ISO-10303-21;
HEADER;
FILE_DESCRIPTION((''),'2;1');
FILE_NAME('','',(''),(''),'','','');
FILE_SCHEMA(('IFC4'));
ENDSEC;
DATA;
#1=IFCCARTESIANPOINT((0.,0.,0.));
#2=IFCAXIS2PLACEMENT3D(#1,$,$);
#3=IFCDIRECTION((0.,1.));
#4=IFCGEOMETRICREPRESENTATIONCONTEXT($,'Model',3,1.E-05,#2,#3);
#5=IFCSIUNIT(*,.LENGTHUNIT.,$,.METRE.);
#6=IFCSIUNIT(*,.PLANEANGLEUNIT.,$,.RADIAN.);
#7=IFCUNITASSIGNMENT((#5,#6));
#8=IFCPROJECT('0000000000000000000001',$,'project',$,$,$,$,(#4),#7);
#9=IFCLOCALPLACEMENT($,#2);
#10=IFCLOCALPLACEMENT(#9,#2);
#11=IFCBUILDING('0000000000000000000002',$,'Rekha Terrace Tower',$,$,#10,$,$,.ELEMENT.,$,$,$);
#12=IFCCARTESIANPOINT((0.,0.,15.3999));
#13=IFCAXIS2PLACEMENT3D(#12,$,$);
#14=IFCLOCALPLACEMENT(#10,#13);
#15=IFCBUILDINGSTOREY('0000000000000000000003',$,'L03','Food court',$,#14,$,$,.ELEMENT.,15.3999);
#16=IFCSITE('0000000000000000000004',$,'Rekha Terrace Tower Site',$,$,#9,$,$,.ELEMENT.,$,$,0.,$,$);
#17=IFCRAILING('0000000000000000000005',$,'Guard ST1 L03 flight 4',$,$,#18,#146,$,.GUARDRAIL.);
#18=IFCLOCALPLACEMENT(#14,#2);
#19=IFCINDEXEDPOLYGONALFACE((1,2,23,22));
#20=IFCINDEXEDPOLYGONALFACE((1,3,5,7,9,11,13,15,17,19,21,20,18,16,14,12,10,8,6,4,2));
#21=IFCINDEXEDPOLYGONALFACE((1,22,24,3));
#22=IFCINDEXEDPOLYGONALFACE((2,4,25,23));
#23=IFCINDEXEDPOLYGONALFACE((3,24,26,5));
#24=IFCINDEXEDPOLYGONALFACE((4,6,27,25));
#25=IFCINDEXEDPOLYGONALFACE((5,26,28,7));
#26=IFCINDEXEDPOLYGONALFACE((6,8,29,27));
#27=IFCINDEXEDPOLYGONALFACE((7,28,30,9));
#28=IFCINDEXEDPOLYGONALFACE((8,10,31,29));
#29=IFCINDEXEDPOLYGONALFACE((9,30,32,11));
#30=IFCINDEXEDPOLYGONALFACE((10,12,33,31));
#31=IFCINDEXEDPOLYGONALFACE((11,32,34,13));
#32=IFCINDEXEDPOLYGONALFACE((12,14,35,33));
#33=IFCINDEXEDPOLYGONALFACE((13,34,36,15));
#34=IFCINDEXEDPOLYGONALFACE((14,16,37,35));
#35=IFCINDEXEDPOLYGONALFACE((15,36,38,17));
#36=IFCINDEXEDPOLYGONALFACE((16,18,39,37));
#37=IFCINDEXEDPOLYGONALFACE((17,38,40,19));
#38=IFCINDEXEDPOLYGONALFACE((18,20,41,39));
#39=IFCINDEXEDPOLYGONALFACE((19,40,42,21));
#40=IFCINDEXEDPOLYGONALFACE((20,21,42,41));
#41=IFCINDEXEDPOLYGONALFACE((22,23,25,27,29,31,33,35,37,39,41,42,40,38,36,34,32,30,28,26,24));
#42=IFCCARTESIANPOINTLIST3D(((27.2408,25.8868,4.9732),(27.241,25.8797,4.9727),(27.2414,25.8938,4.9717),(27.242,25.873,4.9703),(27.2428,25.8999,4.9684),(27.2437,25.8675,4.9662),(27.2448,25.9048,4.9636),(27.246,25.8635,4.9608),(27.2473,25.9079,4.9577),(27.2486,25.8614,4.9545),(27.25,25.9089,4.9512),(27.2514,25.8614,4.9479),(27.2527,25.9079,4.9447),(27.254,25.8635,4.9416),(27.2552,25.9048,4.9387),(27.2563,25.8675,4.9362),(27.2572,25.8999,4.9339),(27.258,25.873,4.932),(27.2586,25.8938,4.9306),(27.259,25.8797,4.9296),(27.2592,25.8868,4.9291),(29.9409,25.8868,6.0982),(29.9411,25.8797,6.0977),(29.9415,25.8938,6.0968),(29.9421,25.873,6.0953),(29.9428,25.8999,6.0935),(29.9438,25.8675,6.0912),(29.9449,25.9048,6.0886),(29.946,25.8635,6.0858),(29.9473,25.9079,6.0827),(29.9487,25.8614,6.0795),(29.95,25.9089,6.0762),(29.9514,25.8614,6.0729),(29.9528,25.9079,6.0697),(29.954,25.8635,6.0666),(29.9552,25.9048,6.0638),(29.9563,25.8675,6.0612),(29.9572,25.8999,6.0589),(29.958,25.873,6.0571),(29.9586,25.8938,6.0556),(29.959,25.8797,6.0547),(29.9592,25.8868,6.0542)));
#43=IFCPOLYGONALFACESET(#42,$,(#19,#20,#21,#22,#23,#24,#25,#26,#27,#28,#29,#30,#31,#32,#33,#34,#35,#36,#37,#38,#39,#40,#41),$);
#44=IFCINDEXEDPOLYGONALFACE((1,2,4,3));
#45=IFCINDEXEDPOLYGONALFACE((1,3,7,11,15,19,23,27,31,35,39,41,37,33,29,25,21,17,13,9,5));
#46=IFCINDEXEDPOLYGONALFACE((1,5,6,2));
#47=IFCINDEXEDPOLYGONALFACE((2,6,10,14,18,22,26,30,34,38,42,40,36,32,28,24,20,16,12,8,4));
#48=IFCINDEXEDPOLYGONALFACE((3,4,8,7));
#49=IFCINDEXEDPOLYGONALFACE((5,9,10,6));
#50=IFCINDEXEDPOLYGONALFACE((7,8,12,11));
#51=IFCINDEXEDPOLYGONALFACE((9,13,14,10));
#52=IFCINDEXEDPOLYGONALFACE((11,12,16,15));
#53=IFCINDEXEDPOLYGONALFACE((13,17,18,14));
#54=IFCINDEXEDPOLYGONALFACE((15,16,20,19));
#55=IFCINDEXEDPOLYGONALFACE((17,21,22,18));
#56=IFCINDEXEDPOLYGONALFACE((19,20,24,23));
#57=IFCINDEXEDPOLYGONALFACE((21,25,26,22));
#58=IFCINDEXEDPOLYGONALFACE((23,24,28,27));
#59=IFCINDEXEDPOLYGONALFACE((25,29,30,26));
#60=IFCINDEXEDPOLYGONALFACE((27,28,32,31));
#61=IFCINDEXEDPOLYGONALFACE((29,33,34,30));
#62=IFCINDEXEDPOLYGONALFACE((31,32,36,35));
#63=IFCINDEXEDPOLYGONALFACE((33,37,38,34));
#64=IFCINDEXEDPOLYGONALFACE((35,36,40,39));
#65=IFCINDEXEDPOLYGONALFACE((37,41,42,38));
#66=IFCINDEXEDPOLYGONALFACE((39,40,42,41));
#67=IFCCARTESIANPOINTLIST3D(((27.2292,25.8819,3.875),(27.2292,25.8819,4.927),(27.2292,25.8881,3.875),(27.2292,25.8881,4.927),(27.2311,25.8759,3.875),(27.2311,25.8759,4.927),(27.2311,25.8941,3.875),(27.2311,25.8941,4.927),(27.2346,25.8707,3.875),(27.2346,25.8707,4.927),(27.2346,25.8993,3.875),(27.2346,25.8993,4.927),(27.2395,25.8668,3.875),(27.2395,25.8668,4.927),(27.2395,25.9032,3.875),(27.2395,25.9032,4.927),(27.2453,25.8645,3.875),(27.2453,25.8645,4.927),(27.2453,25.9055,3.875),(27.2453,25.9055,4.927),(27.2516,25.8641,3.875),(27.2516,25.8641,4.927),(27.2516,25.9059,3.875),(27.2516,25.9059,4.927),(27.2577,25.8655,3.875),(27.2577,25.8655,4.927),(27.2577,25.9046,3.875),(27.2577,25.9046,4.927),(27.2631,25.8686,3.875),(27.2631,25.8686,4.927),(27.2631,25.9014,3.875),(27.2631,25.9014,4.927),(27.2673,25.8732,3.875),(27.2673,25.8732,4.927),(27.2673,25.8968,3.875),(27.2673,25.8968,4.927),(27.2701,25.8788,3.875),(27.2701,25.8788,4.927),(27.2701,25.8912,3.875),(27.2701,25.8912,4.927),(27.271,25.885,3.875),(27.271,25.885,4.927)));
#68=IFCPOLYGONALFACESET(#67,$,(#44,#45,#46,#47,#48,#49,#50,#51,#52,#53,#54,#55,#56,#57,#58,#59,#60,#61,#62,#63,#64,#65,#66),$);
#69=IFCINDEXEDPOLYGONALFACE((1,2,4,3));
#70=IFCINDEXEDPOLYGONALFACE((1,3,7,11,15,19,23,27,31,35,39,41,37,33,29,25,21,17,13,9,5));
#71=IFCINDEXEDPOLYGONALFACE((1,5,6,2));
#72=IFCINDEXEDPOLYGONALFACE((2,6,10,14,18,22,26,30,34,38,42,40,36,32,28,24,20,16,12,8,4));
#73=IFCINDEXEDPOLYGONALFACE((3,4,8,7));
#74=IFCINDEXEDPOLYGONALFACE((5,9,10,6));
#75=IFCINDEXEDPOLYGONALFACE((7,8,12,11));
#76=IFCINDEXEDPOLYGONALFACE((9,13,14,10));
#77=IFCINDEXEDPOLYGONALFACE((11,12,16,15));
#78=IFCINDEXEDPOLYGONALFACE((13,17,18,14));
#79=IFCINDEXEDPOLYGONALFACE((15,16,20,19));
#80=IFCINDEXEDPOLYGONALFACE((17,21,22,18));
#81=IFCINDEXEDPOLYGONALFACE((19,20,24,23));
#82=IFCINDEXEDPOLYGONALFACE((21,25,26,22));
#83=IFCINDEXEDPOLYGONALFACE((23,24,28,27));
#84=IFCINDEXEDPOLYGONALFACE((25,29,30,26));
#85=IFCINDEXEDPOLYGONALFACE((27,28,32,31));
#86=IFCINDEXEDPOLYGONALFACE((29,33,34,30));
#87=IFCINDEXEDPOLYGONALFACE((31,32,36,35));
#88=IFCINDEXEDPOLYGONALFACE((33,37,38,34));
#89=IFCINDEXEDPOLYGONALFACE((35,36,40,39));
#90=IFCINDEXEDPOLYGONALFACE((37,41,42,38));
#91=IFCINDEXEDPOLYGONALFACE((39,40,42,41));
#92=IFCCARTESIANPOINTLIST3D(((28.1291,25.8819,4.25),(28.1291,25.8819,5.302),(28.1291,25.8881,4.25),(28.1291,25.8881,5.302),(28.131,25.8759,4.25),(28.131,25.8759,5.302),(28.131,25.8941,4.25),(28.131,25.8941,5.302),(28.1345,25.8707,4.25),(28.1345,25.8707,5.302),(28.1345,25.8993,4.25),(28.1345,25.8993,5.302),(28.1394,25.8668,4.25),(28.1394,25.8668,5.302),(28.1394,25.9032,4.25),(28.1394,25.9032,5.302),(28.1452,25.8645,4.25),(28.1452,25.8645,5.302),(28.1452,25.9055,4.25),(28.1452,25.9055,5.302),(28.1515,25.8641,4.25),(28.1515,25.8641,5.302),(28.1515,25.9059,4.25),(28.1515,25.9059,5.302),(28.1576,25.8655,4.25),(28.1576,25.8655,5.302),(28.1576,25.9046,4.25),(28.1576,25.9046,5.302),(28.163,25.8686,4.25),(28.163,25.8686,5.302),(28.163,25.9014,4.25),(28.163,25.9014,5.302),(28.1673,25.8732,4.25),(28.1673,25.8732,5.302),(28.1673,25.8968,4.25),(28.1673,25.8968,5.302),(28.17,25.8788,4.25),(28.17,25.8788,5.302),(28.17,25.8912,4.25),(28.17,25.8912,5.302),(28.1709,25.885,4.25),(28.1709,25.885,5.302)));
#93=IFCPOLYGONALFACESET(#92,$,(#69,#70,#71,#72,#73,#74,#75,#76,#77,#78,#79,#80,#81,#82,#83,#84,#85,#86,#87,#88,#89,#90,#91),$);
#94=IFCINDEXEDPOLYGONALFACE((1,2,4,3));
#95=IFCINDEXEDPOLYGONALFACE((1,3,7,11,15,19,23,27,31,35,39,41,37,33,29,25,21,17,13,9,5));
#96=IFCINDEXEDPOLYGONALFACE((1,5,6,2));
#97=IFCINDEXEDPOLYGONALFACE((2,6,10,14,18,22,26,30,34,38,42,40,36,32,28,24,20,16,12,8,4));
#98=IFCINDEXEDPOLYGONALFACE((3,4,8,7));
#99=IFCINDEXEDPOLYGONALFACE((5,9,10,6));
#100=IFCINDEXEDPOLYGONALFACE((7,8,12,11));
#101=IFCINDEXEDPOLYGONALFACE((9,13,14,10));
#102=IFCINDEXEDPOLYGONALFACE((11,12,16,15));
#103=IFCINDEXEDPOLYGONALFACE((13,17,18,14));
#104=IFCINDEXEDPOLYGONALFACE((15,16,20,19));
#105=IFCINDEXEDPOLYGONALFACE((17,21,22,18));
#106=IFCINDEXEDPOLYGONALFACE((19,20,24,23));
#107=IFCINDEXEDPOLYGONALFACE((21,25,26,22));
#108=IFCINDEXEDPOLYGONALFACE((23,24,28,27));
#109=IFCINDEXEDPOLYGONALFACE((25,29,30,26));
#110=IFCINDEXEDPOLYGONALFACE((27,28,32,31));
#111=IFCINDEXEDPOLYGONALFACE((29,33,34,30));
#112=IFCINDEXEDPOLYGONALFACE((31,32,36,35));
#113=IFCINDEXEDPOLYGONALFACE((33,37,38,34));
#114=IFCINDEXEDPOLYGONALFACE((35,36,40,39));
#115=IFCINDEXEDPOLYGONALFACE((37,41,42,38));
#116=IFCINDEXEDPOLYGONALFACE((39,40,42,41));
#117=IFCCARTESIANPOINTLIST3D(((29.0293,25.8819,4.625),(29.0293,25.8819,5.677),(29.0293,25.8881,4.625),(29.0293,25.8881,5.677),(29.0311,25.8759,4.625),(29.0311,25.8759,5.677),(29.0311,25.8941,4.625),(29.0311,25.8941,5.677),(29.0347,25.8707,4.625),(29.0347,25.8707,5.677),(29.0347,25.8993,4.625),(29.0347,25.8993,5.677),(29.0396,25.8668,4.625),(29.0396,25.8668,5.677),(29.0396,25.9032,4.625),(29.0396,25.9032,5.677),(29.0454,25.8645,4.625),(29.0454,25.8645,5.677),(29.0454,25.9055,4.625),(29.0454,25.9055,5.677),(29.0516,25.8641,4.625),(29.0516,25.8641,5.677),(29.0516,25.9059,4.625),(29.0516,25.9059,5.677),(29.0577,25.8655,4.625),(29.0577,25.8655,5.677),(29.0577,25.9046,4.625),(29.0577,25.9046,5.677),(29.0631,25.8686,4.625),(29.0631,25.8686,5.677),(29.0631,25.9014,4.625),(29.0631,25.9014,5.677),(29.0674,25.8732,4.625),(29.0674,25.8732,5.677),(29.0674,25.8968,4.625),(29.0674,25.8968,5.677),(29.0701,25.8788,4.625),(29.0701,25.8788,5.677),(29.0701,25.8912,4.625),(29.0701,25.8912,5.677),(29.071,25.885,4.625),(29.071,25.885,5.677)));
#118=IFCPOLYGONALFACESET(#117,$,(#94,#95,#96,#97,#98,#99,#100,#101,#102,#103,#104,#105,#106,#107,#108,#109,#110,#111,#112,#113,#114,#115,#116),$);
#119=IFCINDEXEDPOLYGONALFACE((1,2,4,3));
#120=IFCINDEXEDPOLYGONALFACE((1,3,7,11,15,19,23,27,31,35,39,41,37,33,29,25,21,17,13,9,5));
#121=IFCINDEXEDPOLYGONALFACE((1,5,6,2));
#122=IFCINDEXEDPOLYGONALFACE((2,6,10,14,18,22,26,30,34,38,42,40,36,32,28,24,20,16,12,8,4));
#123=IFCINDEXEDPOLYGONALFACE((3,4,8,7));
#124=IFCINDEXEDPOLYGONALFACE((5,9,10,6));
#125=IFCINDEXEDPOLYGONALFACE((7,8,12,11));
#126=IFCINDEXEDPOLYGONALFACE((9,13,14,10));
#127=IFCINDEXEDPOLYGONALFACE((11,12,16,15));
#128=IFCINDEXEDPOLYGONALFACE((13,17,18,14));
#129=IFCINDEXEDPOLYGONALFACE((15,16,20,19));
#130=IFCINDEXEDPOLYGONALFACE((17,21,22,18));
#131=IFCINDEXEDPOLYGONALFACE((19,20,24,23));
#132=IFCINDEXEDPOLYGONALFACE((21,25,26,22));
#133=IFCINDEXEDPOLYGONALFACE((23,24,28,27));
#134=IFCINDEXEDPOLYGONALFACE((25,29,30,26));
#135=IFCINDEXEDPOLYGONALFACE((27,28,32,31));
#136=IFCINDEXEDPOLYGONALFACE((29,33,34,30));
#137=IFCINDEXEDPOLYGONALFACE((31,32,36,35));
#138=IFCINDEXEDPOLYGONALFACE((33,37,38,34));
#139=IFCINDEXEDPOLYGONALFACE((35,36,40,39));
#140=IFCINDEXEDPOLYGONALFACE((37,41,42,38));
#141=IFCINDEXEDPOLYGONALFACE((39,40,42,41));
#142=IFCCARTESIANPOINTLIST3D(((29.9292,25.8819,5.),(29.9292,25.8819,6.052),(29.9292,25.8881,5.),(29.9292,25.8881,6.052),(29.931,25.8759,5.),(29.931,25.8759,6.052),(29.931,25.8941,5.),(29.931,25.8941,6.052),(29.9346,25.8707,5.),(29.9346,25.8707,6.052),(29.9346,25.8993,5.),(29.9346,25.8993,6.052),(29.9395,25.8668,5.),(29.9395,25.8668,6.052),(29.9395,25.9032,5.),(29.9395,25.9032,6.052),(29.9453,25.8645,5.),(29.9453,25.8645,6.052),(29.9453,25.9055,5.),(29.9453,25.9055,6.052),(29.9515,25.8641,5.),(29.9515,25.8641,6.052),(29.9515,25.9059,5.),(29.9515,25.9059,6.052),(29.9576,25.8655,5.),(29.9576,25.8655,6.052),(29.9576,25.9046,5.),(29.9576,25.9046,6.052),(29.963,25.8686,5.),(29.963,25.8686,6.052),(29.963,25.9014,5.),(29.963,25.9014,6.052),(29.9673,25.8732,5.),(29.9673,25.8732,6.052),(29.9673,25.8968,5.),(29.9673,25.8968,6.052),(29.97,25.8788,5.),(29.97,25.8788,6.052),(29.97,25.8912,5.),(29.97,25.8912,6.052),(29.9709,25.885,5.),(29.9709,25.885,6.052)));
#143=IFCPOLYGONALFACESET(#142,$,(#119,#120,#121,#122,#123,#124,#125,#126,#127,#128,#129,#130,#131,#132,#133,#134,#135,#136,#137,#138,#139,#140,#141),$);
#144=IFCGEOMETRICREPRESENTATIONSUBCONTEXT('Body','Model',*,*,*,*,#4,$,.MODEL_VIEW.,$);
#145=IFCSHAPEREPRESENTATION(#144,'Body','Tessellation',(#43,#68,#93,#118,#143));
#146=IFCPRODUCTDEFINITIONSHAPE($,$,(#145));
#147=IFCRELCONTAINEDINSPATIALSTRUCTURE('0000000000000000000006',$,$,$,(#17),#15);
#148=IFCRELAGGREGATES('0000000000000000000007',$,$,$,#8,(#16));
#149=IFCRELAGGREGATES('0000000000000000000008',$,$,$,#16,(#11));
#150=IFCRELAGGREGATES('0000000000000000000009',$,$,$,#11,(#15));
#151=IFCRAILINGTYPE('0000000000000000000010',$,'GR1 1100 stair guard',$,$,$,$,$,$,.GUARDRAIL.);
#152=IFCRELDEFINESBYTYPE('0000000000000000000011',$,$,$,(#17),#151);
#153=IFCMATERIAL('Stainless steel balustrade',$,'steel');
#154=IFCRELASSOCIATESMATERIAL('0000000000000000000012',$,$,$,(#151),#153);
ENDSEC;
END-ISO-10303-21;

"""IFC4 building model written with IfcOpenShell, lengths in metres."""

from ifc_helpers import new_model, si_unit, direction, frame, origin, origin_2d, place, context, subcontext, project, spatial, circle, extrude, material, type_object, element, save


model = new_model("IFC4")

# Units and contexts
model_context = context("Model", 3, precision=1e-05, world=origin(), true_north=direction((0.0, 1.0)))
body_context = subcontext(model_context, "Body", "Model", "MODEL_VIEW")
ifc_project = project(units=[si_unit("LENGTHUNIT", "METRE"), si_unit("PLANEANGLEUNIT", "RADIAN")], contexts=[model_context])

# Site, building, storey
site_placement = place(None, origin())
site = spatial("IfcSite", under=ifc_project, at=site_placement, Name="Rekha Terrace Tower Site", CompositionType="ELEMENT", RefElevation=0.0)
building_placement = place(site_placement, origin())
building = spatial("IfcBuilding", under=site, at=building_placement, Name="Rekha Terrace Tower", CompositionType="ELEMENT")
storey_placement = place(building_placement, frame((0.0, 0.0, 15.3999)))
storey = spatial("IfcBuildingStorey", under=building, at=storey_placement, Name="L03", Description="Food court", CompositionType="ELEMENT", Elevation=15.3999)

# Railing
ifc_material_1 = material(Name="Stainless steel balustrade", Category="steel")
railing_type_1 = type_object("IfcRailingType", Name="GR1 1100 stair guard", PredefinedType="GUARDRAIL", material=ifc_material_1)
railing_1_placement = place(storey_placement, frame((27.25, 25.885, 3.875)))
element("IfcRailing", 1, at=railing_1_placement, inside=storey, type_object=railing_type_1, Name="Guard ST1 L03 flight 4", PredefinedType="GUARDRAIL", context=body_context, shape_type="SweptSolid", body=[
    extrude(circle(Radius=0.0239, at=origin_2d()), frame((0.0, 0.0, 1.0762), z_axis=(0.923074, 0.0, 0.384621), x_axis=(0.0, 1.0, 0.0)), (0.0, 0.0, 1.0), 2.925),
    extrude(circle(Radius=0.021, at=origin_2d()), origin(), (0.0, 0.0, 1.0), 1.052),
    extrude(circle(Radius=0.021, at=origin_2d()), frame((0.8999, 0.0, 0.375)), (0.0, 0.0, 1.0), 1.052),
    extrude(circle(Radius=0.021, at=origin_2d()), frame((1.8, 0.0, 0.75)), (0.0, 0.0, 1.0), 1.052),
    extrude(circle(Radius=0.021, at=origin_2d()), frame((2.7, 0.0, 1.125)), (0.0, 0.0, 1.0), 1.052),
])

save(model, "model.ifc")
